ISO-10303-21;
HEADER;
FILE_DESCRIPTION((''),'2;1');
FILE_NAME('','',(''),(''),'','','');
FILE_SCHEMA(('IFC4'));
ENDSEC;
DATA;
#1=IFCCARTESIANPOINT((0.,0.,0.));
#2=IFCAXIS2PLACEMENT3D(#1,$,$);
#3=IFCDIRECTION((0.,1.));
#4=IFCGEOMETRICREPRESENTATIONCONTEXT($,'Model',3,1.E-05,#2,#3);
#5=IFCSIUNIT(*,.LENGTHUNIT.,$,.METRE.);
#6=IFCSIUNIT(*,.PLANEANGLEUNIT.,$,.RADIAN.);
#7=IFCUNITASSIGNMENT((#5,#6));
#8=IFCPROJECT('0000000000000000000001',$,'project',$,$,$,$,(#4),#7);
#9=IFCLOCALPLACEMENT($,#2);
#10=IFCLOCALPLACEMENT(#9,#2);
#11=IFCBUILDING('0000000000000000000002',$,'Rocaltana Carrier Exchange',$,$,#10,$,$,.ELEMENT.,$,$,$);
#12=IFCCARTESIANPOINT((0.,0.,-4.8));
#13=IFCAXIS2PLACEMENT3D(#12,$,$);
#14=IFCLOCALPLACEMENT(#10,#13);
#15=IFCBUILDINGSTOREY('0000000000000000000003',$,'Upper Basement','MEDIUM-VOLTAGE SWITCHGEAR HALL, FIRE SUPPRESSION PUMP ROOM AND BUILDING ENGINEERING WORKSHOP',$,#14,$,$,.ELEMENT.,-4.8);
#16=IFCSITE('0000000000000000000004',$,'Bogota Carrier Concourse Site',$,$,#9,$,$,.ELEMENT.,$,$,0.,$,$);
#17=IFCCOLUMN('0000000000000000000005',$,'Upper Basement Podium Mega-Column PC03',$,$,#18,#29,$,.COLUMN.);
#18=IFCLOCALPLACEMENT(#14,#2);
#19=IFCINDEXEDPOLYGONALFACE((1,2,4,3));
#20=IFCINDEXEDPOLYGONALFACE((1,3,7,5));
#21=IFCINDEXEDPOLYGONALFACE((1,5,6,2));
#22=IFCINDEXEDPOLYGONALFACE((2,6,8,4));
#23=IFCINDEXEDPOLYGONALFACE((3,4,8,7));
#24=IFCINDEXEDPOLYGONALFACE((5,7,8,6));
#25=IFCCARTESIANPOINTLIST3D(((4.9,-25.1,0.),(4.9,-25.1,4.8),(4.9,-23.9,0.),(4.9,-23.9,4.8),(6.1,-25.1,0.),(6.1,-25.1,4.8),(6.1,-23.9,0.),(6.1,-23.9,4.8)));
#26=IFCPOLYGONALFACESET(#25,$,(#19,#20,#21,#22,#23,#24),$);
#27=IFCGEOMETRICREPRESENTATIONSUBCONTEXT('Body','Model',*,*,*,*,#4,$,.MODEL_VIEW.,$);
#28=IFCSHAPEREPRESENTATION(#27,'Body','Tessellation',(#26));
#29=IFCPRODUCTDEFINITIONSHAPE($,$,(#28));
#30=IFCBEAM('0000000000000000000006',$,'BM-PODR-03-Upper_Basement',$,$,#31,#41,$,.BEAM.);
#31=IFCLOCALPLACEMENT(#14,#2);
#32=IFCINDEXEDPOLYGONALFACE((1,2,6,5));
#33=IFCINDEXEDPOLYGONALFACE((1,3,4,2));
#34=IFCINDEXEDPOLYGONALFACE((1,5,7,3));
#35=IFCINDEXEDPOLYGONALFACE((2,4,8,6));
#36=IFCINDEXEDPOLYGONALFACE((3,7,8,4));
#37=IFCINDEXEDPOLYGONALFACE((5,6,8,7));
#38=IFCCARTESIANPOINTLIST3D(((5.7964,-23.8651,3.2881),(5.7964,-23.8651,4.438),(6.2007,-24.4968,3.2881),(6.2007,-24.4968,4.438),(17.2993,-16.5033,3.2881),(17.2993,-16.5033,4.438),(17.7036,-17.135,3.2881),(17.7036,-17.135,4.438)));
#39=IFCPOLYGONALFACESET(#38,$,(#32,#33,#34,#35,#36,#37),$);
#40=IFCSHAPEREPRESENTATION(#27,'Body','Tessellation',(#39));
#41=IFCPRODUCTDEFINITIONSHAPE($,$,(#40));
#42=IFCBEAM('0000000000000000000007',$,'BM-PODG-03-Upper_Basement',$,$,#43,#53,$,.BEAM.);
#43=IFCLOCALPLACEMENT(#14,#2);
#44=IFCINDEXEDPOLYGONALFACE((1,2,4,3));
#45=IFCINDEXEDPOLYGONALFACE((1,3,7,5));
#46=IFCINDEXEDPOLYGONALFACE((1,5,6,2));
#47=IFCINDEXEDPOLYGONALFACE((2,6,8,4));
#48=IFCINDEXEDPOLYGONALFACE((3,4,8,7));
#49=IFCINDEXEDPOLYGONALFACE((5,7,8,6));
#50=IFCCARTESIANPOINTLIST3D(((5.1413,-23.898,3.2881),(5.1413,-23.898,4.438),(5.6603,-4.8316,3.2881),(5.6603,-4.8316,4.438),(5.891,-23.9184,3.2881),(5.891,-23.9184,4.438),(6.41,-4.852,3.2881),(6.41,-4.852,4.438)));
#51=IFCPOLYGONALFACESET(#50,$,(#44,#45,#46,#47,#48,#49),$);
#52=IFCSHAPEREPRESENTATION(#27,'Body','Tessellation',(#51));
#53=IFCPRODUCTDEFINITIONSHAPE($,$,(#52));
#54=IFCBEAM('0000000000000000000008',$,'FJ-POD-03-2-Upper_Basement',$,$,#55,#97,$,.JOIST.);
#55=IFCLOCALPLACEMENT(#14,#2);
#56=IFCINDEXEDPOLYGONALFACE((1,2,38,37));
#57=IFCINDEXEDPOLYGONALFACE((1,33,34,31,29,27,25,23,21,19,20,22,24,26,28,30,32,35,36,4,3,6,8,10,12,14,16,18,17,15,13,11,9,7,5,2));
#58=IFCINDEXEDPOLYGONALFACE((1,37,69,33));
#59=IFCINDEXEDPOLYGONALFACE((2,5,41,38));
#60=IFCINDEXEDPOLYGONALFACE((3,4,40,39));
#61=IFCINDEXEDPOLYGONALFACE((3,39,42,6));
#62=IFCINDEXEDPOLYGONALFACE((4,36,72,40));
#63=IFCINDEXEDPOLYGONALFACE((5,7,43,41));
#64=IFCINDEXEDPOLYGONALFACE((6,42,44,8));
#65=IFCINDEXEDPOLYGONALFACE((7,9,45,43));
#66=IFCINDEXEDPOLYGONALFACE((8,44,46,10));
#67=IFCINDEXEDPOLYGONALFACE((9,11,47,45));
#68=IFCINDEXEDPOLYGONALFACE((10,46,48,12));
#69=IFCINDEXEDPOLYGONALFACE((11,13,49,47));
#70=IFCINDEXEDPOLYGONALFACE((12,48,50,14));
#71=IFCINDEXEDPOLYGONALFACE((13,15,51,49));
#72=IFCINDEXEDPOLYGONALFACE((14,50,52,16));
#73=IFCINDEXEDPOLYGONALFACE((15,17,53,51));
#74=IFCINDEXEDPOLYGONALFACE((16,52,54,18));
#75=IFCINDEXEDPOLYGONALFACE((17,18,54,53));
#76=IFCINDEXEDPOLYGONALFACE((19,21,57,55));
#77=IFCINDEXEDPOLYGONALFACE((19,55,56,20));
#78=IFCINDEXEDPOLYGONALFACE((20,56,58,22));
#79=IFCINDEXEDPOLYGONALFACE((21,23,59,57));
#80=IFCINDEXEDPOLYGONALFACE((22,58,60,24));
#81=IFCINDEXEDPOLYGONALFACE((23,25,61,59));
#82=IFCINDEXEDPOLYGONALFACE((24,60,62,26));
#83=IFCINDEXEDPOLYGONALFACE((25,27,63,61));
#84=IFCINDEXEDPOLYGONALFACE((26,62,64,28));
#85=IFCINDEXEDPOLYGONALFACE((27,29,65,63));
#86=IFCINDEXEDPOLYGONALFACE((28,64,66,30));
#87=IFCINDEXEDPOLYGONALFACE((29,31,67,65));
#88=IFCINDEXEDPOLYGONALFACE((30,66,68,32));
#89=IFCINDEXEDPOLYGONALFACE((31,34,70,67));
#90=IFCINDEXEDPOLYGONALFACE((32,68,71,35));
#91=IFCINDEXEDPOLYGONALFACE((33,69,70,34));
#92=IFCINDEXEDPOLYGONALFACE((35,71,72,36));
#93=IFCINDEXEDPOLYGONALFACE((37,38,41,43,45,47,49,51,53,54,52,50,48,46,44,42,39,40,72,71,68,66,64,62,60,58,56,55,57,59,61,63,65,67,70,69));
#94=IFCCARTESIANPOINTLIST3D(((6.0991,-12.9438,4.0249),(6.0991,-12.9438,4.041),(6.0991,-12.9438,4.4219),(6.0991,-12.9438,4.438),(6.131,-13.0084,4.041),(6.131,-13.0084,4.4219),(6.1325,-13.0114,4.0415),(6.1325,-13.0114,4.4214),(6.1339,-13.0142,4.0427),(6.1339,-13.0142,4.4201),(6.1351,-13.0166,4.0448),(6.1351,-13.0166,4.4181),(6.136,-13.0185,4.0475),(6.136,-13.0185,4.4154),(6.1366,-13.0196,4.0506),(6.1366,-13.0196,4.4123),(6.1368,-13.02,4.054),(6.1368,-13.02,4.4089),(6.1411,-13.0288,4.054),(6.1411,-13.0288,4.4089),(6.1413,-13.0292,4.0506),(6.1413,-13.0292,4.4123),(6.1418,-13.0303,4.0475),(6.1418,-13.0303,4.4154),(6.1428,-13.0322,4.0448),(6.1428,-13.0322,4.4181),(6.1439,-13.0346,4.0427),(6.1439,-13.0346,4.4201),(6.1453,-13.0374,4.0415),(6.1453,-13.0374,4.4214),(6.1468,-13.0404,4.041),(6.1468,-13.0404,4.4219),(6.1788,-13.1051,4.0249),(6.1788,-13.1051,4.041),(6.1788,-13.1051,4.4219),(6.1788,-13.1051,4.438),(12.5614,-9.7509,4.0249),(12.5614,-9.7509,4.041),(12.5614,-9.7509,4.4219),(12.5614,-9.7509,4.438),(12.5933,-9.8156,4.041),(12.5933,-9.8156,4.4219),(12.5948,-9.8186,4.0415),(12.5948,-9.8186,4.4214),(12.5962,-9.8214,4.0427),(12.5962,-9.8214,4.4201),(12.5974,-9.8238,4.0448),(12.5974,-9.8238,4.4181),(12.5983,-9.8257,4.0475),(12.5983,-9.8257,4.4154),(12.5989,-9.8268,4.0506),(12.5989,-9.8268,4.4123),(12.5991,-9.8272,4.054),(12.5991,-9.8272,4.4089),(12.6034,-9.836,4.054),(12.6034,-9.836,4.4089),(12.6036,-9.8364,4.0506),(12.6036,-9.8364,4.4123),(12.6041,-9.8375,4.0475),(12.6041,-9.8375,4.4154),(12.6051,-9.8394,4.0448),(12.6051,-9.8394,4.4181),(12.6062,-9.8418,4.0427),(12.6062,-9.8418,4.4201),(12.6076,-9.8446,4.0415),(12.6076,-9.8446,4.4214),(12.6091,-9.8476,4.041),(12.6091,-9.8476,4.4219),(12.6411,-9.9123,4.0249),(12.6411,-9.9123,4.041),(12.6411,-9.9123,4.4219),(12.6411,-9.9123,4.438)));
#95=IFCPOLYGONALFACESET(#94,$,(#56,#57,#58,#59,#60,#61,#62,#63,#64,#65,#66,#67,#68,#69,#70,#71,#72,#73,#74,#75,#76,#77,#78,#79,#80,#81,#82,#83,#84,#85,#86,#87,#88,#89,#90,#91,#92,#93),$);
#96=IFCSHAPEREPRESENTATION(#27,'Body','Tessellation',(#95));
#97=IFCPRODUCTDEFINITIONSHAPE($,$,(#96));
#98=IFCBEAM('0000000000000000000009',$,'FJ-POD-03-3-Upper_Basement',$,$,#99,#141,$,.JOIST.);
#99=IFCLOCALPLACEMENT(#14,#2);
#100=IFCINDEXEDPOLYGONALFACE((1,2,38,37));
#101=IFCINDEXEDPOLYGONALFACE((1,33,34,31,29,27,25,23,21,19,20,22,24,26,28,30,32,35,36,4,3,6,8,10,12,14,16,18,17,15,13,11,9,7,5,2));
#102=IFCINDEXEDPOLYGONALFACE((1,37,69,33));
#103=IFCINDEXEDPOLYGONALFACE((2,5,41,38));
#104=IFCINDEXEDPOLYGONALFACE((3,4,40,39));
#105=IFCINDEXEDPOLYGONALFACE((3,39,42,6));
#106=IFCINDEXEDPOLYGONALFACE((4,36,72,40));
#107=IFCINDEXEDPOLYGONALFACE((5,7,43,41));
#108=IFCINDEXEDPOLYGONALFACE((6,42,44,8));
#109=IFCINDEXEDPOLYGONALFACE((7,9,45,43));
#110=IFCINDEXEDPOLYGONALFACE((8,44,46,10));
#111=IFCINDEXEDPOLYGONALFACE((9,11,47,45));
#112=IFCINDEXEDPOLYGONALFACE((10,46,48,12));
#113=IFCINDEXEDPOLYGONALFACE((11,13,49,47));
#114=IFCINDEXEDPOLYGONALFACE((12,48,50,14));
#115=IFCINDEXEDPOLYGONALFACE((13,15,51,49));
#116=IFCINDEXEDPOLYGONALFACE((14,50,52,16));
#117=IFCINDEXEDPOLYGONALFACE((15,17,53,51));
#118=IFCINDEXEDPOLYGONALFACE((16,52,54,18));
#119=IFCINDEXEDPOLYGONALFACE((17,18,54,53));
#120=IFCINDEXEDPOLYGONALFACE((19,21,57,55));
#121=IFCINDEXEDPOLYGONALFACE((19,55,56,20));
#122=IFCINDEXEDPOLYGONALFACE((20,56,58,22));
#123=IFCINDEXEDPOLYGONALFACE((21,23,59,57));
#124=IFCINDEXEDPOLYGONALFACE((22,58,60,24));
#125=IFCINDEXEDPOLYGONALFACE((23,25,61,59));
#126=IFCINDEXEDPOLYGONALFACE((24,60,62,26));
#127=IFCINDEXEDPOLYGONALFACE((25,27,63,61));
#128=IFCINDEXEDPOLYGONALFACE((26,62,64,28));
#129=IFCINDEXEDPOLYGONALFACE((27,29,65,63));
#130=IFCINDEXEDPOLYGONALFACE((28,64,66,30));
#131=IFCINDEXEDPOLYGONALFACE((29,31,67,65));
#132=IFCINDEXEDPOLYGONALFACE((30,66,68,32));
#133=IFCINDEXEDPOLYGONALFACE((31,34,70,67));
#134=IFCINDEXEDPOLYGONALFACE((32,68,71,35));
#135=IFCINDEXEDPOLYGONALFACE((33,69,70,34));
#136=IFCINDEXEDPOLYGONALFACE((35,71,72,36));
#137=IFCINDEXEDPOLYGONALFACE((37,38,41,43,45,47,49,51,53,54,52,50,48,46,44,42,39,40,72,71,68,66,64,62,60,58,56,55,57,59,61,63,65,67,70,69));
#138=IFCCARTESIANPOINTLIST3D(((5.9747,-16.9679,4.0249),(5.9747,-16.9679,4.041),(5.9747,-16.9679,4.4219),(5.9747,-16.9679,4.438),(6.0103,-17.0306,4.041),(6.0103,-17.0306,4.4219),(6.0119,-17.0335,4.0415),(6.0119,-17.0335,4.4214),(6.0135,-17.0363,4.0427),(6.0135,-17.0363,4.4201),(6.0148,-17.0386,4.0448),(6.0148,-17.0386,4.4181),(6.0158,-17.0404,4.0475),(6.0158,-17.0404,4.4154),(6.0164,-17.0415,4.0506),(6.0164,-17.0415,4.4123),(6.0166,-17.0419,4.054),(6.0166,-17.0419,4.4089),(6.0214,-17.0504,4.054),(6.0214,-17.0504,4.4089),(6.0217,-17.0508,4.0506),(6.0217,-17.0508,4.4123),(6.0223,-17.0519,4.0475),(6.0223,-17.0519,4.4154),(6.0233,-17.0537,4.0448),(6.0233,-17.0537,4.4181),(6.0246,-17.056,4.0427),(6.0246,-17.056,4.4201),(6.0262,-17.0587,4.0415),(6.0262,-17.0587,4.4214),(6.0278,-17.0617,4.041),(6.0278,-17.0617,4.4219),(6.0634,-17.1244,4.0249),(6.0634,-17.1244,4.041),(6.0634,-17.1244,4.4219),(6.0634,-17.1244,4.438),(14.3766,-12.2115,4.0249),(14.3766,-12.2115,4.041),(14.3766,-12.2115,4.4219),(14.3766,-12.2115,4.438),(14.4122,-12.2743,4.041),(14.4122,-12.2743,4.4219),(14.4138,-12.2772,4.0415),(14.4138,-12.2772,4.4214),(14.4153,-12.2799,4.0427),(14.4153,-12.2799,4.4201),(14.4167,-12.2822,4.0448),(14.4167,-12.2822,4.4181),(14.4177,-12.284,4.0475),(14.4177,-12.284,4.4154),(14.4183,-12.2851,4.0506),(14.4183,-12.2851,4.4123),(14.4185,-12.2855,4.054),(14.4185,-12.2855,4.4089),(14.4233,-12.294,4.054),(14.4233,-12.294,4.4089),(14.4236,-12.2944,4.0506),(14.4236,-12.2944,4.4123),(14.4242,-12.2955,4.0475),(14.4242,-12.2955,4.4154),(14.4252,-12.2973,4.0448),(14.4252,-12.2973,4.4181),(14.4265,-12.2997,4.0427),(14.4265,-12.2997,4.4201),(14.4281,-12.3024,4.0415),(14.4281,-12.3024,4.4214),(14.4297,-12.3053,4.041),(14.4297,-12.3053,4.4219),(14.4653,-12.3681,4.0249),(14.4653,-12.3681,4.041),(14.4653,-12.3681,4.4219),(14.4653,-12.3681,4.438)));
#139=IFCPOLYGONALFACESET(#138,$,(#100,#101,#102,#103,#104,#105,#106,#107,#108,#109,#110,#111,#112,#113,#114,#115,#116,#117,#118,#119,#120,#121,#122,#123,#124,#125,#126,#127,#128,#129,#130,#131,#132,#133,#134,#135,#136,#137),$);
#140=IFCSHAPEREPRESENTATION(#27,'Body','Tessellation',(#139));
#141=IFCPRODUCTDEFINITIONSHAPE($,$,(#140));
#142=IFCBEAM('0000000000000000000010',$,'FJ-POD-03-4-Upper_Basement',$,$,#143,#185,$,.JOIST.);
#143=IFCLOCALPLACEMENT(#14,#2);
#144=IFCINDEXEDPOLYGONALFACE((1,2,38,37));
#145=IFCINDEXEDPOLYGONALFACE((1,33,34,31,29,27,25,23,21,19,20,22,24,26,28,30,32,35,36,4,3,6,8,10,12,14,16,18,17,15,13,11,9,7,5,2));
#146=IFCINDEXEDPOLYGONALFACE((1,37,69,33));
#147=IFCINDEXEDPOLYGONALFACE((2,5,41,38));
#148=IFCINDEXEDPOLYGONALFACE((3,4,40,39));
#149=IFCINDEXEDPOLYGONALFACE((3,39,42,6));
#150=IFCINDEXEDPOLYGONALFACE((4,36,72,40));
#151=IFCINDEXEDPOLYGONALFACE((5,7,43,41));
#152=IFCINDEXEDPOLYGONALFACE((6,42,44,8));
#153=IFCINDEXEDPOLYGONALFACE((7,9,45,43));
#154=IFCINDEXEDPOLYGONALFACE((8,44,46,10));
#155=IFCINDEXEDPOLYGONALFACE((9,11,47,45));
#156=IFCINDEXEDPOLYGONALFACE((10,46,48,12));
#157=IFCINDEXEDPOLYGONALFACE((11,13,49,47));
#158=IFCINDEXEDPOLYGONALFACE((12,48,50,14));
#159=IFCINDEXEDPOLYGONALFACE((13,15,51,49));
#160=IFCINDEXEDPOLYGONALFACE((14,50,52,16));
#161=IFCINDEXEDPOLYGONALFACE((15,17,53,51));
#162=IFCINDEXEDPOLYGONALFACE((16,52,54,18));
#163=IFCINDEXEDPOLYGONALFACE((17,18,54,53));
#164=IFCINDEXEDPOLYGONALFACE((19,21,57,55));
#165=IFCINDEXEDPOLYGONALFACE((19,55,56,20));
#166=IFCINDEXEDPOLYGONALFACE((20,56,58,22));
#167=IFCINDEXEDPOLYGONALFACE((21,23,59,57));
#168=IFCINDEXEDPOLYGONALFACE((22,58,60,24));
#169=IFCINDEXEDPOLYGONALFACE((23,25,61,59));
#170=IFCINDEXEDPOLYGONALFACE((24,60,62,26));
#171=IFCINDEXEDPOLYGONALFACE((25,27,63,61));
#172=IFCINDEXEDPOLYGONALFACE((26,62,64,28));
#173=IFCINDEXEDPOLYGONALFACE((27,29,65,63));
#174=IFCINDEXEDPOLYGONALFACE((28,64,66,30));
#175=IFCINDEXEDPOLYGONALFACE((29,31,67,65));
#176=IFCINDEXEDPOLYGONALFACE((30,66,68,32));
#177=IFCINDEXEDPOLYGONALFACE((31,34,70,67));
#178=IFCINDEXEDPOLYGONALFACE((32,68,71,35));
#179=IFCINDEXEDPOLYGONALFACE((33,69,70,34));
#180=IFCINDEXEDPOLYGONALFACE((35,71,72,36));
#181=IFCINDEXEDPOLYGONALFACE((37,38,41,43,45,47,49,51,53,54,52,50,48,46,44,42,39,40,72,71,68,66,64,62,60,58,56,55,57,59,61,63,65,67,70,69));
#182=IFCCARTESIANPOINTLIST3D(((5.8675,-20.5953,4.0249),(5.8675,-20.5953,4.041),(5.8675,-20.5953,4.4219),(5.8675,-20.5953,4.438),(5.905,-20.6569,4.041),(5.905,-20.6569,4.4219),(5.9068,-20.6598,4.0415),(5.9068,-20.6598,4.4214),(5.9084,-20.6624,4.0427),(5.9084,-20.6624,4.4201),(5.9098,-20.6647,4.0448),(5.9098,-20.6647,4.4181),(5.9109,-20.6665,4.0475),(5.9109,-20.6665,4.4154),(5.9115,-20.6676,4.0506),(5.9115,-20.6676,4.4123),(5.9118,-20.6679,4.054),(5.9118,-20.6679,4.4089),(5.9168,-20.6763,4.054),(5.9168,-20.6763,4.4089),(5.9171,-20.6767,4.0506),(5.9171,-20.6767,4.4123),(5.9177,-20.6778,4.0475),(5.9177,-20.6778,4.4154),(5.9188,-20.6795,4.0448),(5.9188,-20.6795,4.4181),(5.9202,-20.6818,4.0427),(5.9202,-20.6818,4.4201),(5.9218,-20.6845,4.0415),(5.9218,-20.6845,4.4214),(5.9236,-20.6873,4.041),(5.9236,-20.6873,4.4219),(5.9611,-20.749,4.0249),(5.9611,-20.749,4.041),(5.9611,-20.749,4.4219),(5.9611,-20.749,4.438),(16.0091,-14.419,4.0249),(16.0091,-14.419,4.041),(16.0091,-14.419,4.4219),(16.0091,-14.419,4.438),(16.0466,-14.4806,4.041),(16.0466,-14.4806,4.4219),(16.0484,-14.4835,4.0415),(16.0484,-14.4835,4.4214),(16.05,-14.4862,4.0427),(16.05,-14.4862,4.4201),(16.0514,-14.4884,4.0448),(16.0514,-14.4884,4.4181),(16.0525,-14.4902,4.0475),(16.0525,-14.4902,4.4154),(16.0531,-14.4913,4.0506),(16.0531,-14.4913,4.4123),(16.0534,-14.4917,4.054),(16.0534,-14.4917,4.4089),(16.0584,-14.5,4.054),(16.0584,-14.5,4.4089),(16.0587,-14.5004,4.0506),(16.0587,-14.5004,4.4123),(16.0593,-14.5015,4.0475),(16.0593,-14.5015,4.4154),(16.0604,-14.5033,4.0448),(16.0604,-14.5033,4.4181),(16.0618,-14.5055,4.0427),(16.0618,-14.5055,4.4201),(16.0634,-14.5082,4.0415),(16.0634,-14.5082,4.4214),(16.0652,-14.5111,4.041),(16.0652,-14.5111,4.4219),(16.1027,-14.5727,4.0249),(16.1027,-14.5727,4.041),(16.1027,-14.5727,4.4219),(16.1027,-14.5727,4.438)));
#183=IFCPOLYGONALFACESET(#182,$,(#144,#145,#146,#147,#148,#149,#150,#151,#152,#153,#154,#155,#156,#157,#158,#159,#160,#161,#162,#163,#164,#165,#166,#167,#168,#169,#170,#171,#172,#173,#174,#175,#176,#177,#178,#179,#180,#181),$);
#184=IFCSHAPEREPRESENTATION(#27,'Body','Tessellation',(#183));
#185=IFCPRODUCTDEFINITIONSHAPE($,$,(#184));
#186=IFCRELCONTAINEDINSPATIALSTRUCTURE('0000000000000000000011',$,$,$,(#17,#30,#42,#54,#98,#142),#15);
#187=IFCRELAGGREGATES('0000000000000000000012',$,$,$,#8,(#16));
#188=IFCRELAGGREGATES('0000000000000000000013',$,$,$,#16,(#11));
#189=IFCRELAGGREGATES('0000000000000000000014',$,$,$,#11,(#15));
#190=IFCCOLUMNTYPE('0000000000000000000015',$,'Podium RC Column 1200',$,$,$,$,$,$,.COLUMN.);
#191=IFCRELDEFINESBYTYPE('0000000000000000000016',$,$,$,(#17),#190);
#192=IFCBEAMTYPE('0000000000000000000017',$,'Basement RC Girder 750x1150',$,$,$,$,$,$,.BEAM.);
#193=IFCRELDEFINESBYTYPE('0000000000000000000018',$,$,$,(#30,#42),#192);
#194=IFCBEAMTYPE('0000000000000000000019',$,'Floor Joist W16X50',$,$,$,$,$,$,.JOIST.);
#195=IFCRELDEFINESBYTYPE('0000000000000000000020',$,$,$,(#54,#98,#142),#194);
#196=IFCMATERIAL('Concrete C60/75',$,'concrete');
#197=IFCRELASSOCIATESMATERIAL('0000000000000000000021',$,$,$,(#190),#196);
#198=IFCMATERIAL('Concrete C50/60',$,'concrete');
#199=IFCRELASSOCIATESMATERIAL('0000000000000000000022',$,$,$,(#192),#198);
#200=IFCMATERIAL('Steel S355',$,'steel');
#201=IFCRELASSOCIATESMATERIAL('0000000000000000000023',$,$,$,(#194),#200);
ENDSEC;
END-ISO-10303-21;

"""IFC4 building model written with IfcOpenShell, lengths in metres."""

from ifc_helpers import new_model, si_unit, direction, frame, origin, origin_2d, place, context, subcontext, project, spatial, rectangle, i_section, extrude, material, material_profile, profile_set, type_object, element, save


model = new_model("IFC4")

# Units and contexts
model_context = context("Model", 3, precision=1e-05, world=origin(), true_north=direction((0.0, 1.0)))
body_context = subcontext(model_context, "Body", "Model", "MODEL_VIEW")
ifc_project = project(units=[si_unit("LENGTHUNIT", "METRE"), si_unit("PLANEANGLEUNIT", "RADIAN")], contexts=[model_context])

# Site, building, storey
site_placement = place(None, origin())
site = spatial("IfcSite", under=ifc_project, at=site_placement, Name="Bogota Carrier Concourse Site", CompositionType="ELEMENT", RefElevation=0.0)
building_placement = place(site_placement, origin())
building = spatial("IfcBuilding", under=site, at=building_placement, Name="Rocaltana Carrier Exchange", CompositionType="ELEMENT")
storey_placement = place(building_placement, frame((0.0, 0.0, -4.8)))
storey = spatial("IfcBuildingStorey", under=building, at=storey_placement, Name="Upper Basement", Description="MEDIUM-VOLTAGE SWITCHGEAR HALL, FIRE SUPPRESSION PUMP ROOM AND BUILDING ENGINEERING WORKSHOP", CompositionType="ELEMENT", Elevation=-4.8)

# Column
ifc_material_1 = material(Name="Concrete C60/75", Category="concrete")
ifc_material_profile_1 = material_profile(ifc_material_1, rectangle(XDim=1.2, YDim=1.2, at=origin_2d()), Name="RC-COL-1200X1200")
ifc_profile_set_1 = profile_set([ifc_material_profile_1], Name="Concrete C60/75")
column_type_1 = type_object("IfcColumnType", Name="Podium RC Column 1200", PredefinedType="COLUMN", material=ifc_profile_set_1)
column_1_placement = place(storey_placement, frame((5.5, -24.5, 0.0), z_axis=(0.0, 0.0, 1.0), x_axis=(1.0, 0.0, 0.0)))
element("IfcColumn", 1, at=column_1_placement, inside=storey, type_object=column_type_1, Name="Upper Basement Podium Mega-Column PC03", PredefinedType="COLUMN", context=body_context, shape_type="SweptSolid", body=[
    extrude(rectangle(XDim=1.2, YDim=1.2, at=origin_2d()), origin(), (0.0, 0.0, 1.0), 4.8),
])

# Beams
ifc_material_2 = material(Name="Concrete C50/60", Category="concrete")
ifc_material_profile_2 = material_profile(ifc_material_2, rectangle(XDim=0.75, YDim=1.1499, at=origin_2d()), Name="RC-BM-750X1150")
ifc_profile_set_2 = profile_set([ifc_material_profile_2], Name="Concrete C50/60")
beam_type_1 = type_object("IfcBeamType", Name="Basement RC Girder 750x1150", PredefinedType="BEAM", material=ifc_profile_set_2)
beam_1_placement = place(storey_placement, frame((5.9985, -24.1809, 3.863), z_axis=(0.842273, 0.539051, 0.0), x_axis=(-0.539051, 0.842273, 0.0)))
element("IfcBeam", 2, at=beam_1_placement, inside=storey, type_object=beam_type_1, Name="BM-PODR-03-Upper_Basement", PredefinedType="BEAM", context=body_context, shape_type="SweptSolid", body=[
    extrude(rectangle(XDim=0.75, YDim=1.1499, at=origin_2d()), origin(), (0.0, 0.0, 1.0), 13.657),
])
beam_2_placement = place(storey_placement, frame((6.0352, -4.8418, 3.863), z_axis=(-0.027213, -0.99963, 0.0), x_axis=(0.99963, -0.027213, 0.0)))
element("IfcBeam", 3, at=beam_2_placement, inside=storey, type_object=beam_type_1, Name="BM-PODG-03-Upper_Basement", PredefinedType="BEAM", context=body_context, shape_type="SweptSolid", body=[
    extrude(rectangle(XDim=0.75, YDim=1.1499, at=origin_2d()), origin(), (0.0, 0.0, 1.0), 19.0735),
])
ifc_material_3 = material(Name="Steel S355", Category="steel")
ifc_material_profile_3 = material_profile(ifc_material_3, i_section(OverallWidth=0.1799, OverallDepth=0.4131, WebThickness=0.0098, FlangeThickness=0.0161, FilletRadius=0.0129, at=origin_2d()), Name="W16X50")
ifc_profile_set_3 = profile_set([ifc_material_profile_3], Name="Steel S355")
beam_type_2 = type_object("IfcBeamType", Name="Floor Joist W16X50", PredefinedType="JOIST", material=ifc_profile_set_3)
beam_3_placement = place(storey_placement, frame((6.1389, -13.0244, 4.2314), z_axis=(0.896544, 0.442954, 0.0), x_axis=(-0.442954, 0.896544, 0.0)))
element("IfcBeam", 4, at=beam_3_placement, inside=storey, type_object=beam_type_2, Name="FJ-POD-03-2-Upper_Basement", PredefinedType="JOIST", context=body_context, shape_type="SweptSolid", body=[
    extrude(i_section(OverallWidth=0.1799, OverallDepth=0.4131, WebThickness=0.0098, FlangeThickness=0.0161, FilletRadius=0.0129, at=origin_2d()), origin(), (0.0, 0.0, 1.0), 7.208),
])
beam_4_placement = place(storey_placement, frame((6.019, -17.0461, 4.2314), z_axis=(0.870231, 0.492644, 0.0), x_axis=(-0.492644, 0.870231, 0.0)))
element("IfcBeam", 5, at=beam_4_placement, inside=storey, type_object=beam_type_2, Name="FJ-POD-03-3-Upper_Basement", PredefinedType="JOIST", context=body_context, shape_type="SweptSolid", body=[
    extrude(i_section(OverallWidth=0.1799, OverallDepth=0.4131, WebThickness=0.0098, FlangeThickness=0.0161, FilletRadius=0.0129, at=origin_2d()), origin(), (0.0, 0.0, 1.0), 9.6548),
])
beam_5_placement = place(storey_placement, frame((5.9143, -20.6721, 4.2314), z_axis=(0.854082, 0.520139, 0.0), x_axis=(-0.520139, 0.854082, 0.0)))
element("IfcBeam", 6, at=beam_5_placement, inside=storey, type_object=beam_type_2, Name="FJ-POD-03-4-Upper_Basement", PredefinedType="JOIST", context=body_context, shape_type="SweptSolid", body=[
    extrude(i_section(OverallWidth=0.1799, OverallDepth=0.4131, WebThickness=0.0098, FlangeThickness=0.0161, FilletRadius=0.0129, at=origin_2d()), origin(), (0.0, 0.0, 1.0), 11.8743),
])

save(model, "model.ifc")
